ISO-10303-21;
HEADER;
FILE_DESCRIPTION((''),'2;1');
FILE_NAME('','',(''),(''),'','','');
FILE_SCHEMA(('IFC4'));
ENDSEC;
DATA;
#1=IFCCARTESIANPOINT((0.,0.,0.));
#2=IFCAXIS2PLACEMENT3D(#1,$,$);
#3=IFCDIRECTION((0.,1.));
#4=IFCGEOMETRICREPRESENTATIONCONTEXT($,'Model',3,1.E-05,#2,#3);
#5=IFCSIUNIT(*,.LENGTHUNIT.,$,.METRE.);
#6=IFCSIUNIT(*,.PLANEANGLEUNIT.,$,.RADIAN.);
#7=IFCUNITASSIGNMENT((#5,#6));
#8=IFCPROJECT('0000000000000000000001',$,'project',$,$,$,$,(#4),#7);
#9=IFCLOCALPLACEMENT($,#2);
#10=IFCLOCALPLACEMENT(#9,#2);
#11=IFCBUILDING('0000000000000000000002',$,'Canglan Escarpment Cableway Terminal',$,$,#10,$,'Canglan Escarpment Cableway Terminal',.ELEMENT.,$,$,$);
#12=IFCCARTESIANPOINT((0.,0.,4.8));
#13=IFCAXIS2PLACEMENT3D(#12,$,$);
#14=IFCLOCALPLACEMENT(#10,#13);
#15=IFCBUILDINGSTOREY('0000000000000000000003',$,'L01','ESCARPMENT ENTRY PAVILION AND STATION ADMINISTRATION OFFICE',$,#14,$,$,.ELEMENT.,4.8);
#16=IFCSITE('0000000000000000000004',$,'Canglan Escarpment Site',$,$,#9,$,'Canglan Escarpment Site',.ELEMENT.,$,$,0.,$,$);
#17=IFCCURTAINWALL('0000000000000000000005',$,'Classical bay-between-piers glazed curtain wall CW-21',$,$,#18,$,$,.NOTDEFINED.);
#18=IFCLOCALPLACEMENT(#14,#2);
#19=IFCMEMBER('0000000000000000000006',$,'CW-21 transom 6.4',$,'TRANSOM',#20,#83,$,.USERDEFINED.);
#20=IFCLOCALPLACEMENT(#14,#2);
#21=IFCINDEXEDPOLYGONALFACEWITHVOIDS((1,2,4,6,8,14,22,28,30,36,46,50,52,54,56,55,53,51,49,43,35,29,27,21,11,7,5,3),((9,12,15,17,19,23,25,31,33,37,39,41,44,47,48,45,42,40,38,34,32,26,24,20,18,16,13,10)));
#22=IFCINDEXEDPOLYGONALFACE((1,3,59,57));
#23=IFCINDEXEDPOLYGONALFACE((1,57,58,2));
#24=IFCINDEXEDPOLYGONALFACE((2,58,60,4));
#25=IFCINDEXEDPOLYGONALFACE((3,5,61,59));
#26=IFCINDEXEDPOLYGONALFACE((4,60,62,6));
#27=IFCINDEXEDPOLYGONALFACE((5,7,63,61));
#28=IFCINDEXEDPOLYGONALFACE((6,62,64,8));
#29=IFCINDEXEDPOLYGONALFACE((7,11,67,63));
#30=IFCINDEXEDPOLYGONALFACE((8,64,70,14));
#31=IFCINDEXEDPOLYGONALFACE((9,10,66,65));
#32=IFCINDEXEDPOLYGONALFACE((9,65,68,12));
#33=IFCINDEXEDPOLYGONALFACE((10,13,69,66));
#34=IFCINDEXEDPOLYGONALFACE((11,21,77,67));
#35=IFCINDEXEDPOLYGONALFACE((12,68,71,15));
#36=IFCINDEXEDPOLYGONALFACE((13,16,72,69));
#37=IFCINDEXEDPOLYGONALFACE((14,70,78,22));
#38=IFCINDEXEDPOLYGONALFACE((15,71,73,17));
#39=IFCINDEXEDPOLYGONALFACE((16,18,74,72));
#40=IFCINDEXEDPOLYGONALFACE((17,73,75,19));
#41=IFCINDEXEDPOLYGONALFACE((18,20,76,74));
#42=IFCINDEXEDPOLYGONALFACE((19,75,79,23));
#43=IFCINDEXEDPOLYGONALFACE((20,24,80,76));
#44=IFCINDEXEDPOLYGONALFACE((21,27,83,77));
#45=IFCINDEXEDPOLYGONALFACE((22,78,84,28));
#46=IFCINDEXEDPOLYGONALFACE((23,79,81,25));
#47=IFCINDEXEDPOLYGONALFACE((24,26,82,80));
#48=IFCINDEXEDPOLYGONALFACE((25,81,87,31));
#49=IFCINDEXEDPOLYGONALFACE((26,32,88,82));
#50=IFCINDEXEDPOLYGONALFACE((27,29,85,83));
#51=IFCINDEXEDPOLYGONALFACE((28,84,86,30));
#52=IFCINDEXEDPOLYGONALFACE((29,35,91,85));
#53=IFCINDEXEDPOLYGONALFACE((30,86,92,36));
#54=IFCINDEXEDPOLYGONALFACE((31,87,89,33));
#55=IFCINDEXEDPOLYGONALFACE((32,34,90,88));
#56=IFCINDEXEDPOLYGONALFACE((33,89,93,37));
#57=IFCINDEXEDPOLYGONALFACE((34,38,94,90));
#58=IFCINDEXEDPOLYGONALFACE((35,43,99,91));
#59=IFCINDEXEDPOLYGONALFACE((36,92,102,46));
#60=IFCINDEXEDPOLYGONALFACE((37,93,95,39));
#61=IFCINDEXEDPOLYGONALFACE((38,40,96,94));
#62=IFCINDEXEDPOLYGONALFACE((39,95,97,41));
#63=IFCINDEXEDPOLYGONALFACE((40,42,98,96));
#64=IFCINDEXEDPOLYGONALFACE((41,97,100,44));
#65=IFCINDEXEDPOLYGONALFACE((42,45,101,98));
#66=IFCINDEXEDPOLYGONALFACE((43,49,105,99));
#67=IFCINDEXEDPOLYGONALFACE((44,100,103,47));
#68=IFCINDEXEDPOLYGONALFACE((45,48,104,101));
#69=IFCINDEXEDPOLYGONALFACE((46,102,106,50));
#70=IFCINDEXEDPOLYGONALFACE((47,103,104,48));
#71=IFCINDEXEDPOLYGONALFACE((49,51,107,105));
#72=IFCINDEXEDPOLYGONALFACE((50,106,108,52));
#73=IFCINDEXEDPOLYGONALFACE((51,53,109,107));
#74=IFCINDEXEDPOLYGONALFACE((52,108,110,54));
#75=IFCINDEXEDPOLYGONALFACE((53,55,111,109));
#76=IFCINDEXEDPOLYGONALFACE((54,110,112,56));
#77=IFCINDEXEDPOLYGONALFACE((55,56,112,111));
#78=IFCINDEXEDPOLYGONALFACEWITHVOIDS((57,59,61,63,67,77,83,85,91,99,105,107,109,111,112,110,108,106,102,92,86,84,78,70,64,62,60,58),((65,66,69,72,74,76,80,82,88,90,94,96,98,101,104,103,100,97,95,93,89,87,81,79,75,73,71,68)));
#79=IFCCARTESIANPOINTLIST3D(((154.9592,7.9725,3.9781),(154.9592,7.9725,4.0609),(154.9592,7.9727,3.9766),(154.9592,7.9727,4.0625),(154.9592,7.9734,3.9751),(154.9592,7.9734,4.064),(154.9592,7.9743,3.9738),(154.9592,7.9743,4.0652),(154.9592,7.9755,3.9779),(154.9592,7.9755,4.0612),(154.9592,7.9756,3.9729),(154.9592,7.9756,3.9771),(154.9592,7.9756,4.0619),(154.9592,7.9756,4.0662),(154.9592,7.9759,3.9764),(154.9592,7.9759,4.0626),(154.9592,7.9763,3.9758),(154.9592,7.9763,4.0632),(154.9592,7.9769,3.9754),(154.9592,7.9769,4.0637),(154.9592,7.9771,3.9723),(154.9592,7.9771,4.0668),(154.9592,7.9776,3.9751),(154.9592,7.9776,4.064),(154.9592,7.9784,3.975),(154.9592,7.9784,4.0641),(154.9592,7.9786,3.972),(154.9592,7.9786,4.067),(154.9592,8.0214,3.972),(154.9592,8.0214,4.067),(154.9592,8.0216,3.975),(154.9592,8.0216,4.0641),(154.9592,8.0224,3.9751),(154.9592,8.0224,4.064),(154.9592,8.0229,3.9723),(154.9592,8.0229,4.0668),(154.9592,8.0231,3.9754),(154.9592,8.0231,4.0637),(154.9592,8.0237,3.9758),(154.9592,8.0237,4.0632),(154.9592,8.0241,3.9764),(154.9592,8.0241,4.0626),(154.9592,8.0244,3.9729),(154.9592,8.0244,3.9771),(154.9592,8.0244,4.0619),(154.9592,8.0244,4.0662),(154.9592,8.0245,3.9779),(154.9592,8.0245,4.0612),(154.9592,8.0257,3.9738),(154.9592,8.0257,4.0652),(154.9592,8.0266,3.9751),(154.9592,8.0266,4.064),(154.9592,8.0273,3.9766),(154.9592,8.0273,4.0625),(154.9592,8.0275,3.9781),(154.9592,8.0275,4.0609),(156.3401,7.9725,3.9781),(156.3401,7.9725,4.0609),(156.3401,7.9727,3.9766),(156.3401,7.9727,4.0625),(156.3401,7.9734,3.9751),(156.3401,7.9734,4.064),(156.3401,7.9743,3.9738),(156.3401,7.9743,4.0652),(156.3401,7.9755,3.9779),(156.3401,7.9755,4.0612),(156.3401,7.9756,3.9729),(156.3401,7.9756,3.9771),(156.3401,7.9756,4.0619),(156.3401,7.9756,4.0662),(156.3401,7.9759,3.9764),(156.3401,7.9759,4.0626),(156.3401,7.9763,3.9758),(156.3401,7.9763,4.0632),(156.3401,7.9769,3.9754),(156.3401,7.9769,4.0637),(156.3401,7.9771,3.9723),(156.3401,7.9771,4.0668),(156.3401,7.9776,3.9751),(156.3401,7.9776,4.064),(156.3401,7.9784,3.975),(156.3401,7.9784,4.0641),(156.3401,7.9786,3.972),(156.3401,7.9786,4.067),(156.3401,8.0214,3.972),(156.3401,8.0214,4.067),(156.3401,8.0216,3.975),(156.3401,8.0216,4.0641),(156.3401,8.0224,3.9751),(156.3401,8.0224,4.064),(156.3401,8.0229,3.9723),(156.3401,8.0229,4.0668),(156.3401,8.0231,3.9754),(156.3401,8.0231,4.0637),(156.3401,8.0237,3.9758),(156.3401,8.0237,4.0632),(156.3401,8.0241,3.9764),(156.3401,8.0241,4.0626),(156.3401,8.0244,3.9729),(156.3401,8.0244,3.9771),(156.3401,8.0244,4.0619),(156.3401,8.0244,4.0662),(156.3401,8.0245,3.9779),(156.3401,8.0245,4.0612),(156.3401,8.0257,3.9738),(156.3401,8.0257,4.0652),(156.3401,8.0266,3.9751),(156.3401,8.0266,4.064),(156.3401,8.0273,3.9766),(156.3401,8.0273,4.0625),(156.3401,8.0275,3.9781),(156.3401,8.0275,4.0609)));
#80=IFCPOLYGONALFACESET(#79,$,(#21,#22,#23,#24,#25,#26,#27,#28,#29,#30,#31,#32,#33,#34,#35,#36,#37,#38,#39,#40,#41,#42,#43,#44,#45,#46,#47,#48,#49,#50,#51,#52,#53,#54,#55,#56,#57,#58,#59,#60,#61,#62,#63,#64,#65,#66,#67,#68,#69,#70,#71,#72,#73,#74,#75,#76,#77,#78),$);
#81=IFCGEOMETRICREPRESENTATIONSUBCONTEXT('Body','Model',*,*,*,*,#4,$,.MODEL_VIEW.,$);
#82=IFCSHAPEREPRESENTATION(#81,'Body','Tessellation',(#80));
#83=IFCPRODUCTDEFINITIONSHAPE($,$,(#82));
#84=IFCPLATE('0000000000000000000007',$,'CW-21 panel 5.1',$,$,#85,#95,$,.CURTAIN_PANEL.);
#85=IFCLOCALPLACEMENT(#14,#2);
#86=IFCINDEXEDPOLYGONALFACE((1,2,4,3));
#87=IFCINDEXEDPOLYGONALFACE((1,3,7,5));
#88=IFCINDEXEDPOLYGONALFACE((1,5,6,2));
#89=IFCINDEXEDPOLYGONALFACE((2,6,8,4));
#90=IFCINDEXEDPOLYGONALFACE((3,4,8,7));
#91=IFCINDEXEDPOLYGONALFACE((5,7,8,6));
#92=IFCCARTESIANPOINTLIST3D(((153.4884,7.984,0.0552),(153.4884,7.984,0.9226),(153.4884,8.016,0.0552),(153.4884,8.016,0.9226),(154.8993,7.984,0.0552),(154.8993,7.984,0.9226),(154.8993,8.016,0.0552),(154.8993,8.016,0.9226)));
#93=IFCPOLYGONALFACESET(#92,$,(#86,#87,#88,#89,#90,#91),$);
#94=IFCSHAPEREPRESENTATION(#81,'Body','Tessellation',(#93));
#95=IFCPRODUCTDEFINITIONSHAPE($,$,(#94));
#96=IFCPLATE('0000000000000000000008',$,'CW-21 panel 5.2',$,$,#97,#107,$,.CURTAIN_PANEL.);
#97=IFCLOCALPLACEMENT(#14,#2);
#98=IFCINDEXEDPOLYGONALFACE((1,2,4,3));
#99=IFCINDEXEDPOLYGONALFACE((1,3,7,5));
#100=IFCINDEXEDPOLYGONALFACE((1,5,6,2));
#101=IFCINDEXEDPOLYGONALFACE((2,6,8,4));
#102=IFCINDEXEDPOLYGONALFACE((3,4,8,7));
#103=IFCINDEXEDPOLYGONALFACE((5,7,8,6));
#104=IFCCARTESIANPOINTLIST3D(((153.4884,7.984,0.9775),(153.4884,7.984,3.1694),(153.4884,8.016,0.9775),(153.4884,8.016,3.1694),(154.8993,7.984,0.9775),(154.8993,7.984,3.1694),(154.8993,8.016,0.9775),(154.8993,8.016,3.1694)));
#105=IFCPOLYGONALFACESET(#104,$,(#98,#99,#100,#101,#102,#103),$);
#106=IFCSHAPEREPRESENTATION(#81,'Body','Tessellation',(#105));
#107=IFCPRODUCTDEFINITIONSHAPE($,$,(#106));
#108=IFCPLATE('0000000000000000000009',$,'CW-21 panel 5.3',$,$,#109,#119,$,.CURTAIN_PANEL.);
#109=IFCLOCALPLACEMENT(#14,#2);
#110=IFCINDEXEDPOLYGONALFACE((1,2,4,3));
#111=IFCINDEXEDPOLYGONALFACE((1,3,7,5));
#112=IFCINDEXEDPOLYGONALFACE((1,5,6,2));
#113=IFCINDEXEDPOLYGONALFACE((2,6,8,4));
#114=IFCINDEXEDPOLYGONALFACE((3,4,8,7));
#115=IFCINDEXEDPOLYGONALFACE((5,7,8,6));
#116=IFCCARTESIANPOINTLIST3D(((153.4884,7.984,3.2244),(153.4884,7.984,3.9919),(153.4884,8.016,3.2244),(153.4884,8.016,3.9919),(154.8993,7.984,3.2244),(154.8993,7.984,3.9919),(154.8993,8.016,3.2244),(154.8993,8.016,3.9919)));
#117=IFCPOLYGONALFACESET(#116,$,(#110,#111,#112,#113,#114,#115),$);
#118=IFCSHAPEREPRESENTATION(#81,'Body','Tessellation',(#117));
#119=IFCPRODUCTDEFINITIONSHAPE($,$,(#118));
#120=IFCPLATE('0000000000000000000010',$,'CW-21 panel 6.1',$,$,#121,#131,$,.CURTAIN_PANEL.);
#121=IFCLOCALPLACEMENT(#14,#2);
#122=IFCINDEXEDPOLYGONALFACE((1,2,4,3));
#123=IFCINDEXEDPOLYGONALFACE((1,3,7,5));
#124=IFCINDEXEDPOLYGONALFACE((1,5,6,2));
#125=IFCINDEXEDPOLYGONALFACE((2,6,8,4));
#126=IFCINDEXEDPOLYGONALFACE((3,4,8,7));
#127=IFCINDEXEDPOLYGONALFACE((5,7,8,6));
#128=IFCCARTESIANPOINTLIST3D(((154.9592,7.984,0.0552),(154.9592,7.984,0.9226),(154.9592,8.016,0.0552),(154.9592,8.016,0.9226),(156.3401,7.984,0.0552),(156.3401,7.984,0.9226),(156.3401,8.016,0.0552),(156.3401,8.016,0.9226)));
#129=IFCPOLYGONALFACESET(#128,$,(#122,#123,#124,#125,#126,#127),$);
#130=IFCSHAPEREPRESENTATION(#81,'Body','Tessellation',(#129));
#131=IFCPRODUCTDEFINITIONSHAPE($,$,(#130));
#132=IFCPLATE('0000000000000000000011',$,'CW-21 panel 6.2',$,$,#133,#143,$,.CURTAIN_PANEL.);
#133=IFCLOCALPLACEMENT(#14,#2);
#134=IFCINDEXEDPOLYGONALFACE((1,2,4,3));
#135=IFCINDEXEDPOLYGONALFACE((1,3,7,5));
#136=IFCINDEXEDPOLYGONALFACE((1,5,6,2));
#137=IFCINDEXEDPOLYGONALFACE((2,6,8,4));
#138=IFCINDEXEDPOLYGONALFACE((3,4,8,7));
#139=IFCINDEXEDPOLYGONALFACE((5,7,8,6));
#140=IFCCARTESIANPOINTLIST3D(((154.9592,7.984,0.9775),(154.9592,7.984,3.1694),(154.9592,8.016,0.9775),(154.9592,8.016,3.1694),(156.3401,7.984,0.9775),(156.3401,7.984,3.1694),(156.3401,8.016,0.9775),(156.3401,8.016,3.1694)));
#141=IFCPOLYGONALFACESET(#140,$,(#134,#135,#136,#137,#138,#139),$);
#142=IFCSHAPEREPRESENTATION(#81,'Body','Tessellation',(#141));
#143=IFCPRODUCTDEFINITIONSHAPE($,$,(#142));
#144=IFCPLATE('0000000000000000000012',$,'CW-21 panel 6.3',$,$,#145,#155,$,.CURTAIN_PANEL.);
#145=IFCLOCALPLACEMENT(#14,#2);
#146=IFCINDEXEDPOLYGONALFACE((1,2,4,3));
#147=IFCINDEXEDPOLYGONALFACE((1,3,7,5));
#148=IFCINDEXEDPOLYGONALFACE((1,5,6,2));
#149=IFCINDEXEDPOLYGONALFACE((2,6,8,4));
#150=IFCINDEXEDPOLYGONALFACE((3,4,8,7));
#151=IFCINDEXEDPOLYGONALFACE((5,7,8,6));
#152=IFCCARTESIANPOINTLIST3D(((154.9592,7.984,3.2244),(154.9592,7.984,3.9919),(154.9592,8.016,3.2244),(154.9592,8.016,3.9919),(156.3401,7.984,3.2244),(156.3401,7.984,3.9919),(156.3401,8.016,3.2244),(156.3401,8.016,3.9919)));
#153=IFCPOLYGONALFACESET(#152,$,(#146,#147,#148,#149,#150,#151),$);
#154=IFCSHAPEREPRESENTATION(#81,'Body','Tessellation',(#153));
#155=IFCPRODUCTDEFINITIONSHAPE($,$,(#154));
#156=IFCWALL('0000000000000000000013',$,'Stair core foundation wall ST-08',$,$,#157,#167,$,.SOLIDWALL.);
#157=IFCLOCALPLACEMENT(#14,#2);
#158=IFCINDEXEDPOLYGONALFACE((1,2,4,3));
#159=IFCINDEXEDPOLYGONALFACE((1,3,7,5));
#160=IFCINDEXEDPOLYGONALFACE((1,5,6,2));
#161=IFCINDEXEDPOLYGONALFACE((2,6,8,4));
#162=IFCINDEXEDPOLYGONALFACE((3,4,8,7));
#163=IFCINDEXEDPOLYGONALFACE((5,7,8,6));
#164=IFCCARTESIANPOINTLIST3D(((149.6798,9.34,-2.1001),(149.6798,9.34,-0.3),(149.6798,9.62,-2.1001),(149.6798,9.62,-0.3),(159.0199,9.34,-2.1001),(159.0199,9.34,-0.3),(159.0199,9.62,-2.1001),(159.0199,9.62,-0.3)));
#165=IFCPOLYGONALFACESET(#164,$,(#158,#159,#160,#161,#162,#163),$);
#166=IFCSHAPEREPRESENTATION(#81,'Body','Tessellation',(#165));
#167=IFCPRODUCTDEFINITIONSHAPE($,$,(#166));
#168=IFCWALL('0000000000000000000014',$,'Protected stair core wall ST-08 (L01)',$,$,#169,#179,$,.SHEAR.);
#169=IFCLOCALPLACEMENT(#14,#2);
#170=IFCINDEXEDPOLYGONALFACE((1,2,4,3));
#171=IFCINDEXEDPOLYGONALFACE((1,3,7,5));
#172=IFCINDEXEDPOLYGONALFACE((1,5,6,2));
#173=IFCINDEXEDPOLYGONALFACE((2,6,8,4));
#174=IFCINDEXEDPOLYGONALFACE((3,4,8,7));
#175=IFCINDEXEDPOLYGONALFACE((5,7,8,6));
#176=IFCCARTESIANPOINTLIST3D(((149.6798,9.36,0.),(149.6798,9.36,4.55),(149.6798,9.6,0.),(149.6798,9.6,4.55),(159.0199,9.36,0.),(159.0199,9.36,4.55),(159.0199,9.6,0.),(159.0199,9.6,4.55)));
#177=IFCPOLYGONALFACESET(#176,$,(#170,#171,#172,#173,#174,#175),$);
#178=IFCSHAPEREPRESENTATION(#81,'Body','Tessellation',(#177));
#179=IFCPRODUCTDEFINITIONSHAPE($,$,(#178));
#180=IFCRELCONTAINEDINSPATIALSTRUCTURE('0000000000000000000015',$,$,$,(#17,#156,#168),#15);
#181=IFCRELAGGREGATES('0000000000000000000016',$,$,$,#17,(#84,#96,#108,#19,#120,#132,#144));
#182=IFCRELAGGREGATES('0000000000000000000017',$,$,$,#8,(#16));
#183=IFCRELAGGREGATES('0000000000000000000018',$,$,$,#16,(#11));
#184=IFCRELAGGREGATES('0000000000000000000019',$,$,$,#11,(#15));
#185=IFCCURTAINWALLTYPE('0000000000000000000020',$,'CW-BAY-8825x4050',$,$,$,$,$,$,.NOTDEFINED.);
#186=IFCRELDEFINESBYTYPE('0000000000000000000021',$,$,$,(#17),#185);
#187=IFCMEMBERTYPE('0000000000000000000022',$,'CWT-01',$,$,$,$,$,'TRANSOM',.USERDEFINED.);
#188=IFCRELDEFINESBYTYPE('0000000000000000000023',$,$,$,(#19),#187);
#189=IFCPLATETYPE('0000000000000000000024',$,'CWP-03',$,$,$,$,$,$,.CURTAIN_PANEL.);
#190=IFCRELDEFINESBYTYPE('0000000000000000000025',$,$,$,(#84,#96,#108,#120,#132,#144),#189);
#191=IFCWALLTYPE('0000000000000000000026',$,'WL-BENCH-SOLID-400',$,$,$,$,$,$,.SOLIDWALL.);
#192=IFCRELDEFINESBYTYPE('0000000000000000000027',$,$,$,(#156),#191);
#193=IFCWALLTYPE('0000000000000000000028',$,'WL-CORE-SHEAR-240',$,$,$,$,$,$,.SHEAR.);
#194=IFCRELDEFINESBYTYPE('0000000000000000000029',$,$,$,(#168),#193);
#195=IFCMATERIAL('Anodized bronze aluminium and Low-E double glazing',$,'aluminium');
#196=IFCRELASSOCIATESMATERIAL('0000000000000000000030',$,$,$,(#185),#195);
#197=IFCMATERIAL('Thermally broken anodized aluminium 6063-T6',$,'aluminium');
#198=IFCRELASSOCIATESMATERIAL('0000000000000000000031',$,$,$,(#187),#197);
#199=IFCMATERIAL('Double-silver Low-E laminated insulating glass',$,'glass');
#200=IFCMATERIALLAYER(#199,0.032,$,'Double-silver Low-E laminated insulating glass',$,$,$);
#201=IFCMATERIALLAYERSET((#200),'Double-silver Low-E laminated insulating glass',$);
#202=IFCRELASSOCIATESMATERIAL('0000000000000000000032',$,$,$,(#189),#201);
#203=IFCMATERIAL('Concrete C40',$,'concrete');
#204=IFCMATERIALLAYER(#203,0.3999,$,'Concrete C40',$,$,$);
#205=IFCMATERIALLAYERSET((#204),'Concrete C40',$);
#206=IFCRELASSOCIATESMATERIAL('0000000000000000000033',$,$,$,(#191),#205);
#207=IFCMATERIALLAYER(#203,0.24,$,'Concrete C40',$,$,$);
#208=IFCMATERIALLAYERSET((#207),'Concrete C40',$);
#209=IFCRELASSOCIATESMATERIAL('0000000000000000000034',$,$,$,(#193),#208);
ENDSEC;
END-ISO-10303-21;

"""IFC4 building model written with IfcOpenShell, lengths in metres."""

from ifc_helpers import new_model, si_unit, direction, frame, frame_2d, origin, origin_2d, place, context, subcontext, project, spatial, rectangle, hollow_rectangle, extrude, material, layer, layer_set, material_profile, profile_set, type_object, element, aggregate, save


model = new_model("IFC4")

# Units and contexts
model_context = context("Model", 3, precision=1e-05, world=origin(), true_north=direction((0.0, 1.0)))
body_context = subcontext(model_context, "Body", "Model", "MODEL_VIEW")
ifc_project = project(units=[si_unit("LENGTHUNIT", "METRE"), si_unit("PLANEANGLEUNIT", "RADIAN")], contexts=[model_context])

# Site, building, storey
site_placement = place(None, origin())
site = spatial("IfcSite", under=ifc_project, at=site_placement, Name="Canglan Escarpment Site", LongName="Canglan Escarpment Site", CompositionType="ELEMENT", RefElevation=0.0)
building_placement = place(site_placement, origin())
building = spatial("IfcBuilding", under=site, at=building_placement, Name="Canglan Escarpment Cableway Terminal", LongName="Canglan Escarpment Cableway Terminal", CompositionType="ELEMENT")
storey_placement = place(building_placement, frame((0.0, 0.0, 4.8)))
storey = spatial("IfcBuildingStorey", under=building, at=storey_placement, Name="L01", Description="ESCARPMENT ENTRY PAVILION AND STATION ADMINISTRATION OFFICE", CompositionType="ELEMENT", Elevation=4.8)

# Shared definitions
ifc_material_1 = material(Name="Concrete C40", Category="concrete")

# Curtain wall, member, plates
ifc_material_2 = material(Name="Anodized bronze aluminium and Low-E double glazing", Category="aluminium")
curtain_wall_type = type_object("IfcCurtainWallType", Name="CW-BAY-8825x4050", PredefinedType="NOTDEFINED", material=ifc_material_2)
curtain_wall_placement = place(storey_placement, origin())
curtain_wall = element("IfcCurtainWall", 1, at=curtain_wall_placement, inside=storey, type_object=curtain_wall_type, Name="Classical bay-between-piers glazed curtain wall CW-21", PredefinedType="NOTDEFINED")
ifc_material_3 = material(Name="Thermally broken anodized aluminium 6063-T6", Category="aluminium")
ifc_material_profile_1 = material_profile(ifc_material_3, hollow_rectangle(XDim=0.0549, YDim=0.095, WallThickness=0.0029, InnerFilletRadius=0.0029, OuterFilletRadius=0.0061, at=origin_2d()), Name="ALU-TRAN 55x95x3")
ifc_profile_set_1 = profile_set([ifc_material_profile_1], Name="Thermally broken anodized aluminium 6063-T6")
member_type_1 = type_object("IfcMemberType", Name="CWT-01", ElementType="TRANSOM", PredefinedType="USERDEFINED", material=ifc_profile_set_1)
member_1_placement = place(storey_placement, frame((154.9592, 8.0, 4.0195), z_axis=(1.0, 0.0, 0.0), x_axis=(0.0, 1.0, 0.0)))
member_1 = element("IfcMember", 2, at=member_1_placement, type_object=member_type_1, Name="CW-21 transom 6.4", ObjectType="TRANSOM", PredefinedType="USERDEFINED", context=body_context, shape_type="SweptSolid", body=[
    extrude(hollow_rectangle(XDim=0.0549, YDim=0.095, WallThickness=0.0029, InnerFilletRadius=0.0029, OuterFilletRadius=0.0061, at=origin_2d()), origin(), (0.0, 0.0, 1.0), 1.3809),
])
ifc_material_4 = material(Name="Double-silver Low-E laminated insulating glass", Category="glass")
ifc_layer_1 = layer(ifc_material_4, 0.032, Name="Double-silver Low-E laminated insulating glass")
ifc_layer_set_1 = layer_set([ifc_layer_1], Name="Double-silver Low-E laminated insulating glass")
plate_type = type_object("IfcPlateType", Name="CWP-03", PredefinedType="CURTAIN_PANEL", material=ifc_layer_set_1)
plate_1_placement = place(storey_placement, frame((154.1938, 8.0, 0.0552), z_axis=(0.0, 0.0, 1.0), x_axis=(1.0, 0.0, 0.0)))
plate_1 = element("IfcPlate", 3, at=plate_1_placement, type_object=plate_type, Name="CW-21 panel 5.1", PredefinedType="CURTAIN_PANEL", context=body_context, shape_type="SweptSolid", body=[
    extrude(rectangle(XDim=1.4109, YDim=0.032, at=origin_2d()), origin(), (0.0, 0.0, 1.0), 0.8674),
])
plate_2_placement = place(storey_placement, frame((154.1938, 8.0, 0.9775), z_axis=(0.0, 0.0, 1.0), x_axis=(1.0, 0.0, 0.0)))
plate_2 = element("IfcPlate", 4, at=plate_2_placement, type_object=plate_type, Name="CW-21 panel 5.2", PredefinedType="CURTAIN_PANEL", context=body_context, shape_type="SweptSolid", body=[
    extrude(rectangle(XDim=1.4109, YDim=0.032, at=origin_2d()), origin(), (0.0, 0.0, 1.0), 2.1919),
])
plate_3_placement = place(storey_placement, frame((154.1938, 8.0, 3.2244), z_axis=(0.0, 0.0, 1.0), x_axis=(1.0, 0.0, 0.0)))
plate_3 = element("IfcPlate", 5, at=plate_3_placement, type_object=plate_type, Name="CW-21 panel 5.3", PredefinedType="CURTAIN_PANEL", context=body_context, shape_type="SweptSolid", body=[
    extrude(rectangle(XDim=1.4109, YDim=0.032, at=origin_2d()), origin(), (0.0, 0.0, 1.0), 0.7676),
])
plate_4_placement = place(storey_placement, frame((155.6497, 8.0, 0.0552), z_axis=(0.0, 0.0, 1.0), x_axis=(1.0, 0.0, 0.0)))
plate_4 = element("IfcPlate", 6, at=plate_4_placement, type_object=plate_type, Name="CW-21 panel 6.1", PredefinedType="CURTAIN_PANEL", context=body_context, shape_type="SweptSolid", body=[
    extrude(rectangle(XDim=1.3809, YDim=0.032, at=origin_2d()), origin(), (0.0, 0.0, 1.0), 0.8674),
])
plate_5_placement = place(storey_placement, frame((155.6497, 8.0, 0.9775), z_axis=(0.0, 0.0, 1.0), x_axis=(1.0, 0.0, 0.0)))
plate_5 = element("IfcPlate", 7, at=plate_5_placement, type_object=plate_type, Name="CW-21 panel 6.2", PredefinedType="CURTAIN_PANEL", context=body_context, shape_type="SweptSolid", body=[
    extrude(rectangle(XDim=1.3809, YDim=0.032, at=origin_2d()), origin(), (0.0, 0.0, 1.0), 2.1919),
])
plate_6_placement = place(storey_placement, frame((155.6497, 8.0, 3.2244), z_axis=(0.0, 0.0, 1.0), x_axis=(1.0, 0.0, 0.0)))
plate_6 = element("IfcPlate", 8, at=plate_6_placement, type_object=plate_type, Name="CW-21 panel 6.3", PredefinedType="CURTAIN_PANEL", context=body_context, shape_type="SweptSolid", body=[
    extrude(rectangle(XDim=1.3809, YDim=0.032, at=origin_2d()), origin(), (0.0, 0.0, 1.0), 0.7676),
])
aggregate(curtain_wall, [plate_1, plate_2, plate_3, member_1, plate_4, plate_5, plate_6])

# Walls
ifc_layer_2 = layer(ifc_material_1, 0.3999, Name="Concrete C40")
ifc_layer_set_2 = layer_set([ifc_layer_2], Name="Concrete C40")
wall_type_1 = type_object("IfcWallType", Name="WL-BENCH-SOLID-400", PredefinedType="SOLIDWALL", material=ifc_layer_set_2)
wall_1_placement = place(storey_placement, frame((149.6799, 9.48, -2.1001), z_axis=(0.0, 0.0, 1.0), x_axis=(1.0, 0.0, 0.0)))
element("IfcWall", 9, at=wall_1_placement, inside=storey, type_object=wall_type_1, Name="Stair core foundation wall ST-08", PredefinedType="SOLIDWALL", context=body_context, shape_type="SweptSolid", body=[
    extrude(rectangle(XDim=9.3401, YDim=0.28, at=frame_2d((4.6699, 0.0))), origin(), (0.0, 0.0, 1.0), 1.8),
])
ifc_layer_3 = layer(ifc_material_1, 0.24, Name="Concrete C40")
ifc_layer_set_3 = layer_set([ifc_layer_3], Name="Concrete C40")
wall_type_2 = type_object("IfcWallType", Name="WL-CORE-SHEAR-240", PredefinedType="SHEAR", material=ifc_layer_set_3)
wall_2_placement = place(storey_placement, frame((149.6799, 9.48, 0.0), z_axis=(0.0, 0.0, 1.0), x_axis=(1.0, 0.0, 0.0)))
element("IfcWall", 10, at=wall_2_placement, inside=storey, type_object=wall_type_2, Name="Protected stair core wall ST-08 (L01)", PredefinedType="SHEAR", context=body_context, shape_type="SweptSolid", body=[
    extrude(rectangle(XDim=9.3401, YDim=0.24, at=frame_2d((4.6699, 0.0))), origin(), (0.0, 0.0, 1.0), 4.55),
])

save(model, "model.ifc")
